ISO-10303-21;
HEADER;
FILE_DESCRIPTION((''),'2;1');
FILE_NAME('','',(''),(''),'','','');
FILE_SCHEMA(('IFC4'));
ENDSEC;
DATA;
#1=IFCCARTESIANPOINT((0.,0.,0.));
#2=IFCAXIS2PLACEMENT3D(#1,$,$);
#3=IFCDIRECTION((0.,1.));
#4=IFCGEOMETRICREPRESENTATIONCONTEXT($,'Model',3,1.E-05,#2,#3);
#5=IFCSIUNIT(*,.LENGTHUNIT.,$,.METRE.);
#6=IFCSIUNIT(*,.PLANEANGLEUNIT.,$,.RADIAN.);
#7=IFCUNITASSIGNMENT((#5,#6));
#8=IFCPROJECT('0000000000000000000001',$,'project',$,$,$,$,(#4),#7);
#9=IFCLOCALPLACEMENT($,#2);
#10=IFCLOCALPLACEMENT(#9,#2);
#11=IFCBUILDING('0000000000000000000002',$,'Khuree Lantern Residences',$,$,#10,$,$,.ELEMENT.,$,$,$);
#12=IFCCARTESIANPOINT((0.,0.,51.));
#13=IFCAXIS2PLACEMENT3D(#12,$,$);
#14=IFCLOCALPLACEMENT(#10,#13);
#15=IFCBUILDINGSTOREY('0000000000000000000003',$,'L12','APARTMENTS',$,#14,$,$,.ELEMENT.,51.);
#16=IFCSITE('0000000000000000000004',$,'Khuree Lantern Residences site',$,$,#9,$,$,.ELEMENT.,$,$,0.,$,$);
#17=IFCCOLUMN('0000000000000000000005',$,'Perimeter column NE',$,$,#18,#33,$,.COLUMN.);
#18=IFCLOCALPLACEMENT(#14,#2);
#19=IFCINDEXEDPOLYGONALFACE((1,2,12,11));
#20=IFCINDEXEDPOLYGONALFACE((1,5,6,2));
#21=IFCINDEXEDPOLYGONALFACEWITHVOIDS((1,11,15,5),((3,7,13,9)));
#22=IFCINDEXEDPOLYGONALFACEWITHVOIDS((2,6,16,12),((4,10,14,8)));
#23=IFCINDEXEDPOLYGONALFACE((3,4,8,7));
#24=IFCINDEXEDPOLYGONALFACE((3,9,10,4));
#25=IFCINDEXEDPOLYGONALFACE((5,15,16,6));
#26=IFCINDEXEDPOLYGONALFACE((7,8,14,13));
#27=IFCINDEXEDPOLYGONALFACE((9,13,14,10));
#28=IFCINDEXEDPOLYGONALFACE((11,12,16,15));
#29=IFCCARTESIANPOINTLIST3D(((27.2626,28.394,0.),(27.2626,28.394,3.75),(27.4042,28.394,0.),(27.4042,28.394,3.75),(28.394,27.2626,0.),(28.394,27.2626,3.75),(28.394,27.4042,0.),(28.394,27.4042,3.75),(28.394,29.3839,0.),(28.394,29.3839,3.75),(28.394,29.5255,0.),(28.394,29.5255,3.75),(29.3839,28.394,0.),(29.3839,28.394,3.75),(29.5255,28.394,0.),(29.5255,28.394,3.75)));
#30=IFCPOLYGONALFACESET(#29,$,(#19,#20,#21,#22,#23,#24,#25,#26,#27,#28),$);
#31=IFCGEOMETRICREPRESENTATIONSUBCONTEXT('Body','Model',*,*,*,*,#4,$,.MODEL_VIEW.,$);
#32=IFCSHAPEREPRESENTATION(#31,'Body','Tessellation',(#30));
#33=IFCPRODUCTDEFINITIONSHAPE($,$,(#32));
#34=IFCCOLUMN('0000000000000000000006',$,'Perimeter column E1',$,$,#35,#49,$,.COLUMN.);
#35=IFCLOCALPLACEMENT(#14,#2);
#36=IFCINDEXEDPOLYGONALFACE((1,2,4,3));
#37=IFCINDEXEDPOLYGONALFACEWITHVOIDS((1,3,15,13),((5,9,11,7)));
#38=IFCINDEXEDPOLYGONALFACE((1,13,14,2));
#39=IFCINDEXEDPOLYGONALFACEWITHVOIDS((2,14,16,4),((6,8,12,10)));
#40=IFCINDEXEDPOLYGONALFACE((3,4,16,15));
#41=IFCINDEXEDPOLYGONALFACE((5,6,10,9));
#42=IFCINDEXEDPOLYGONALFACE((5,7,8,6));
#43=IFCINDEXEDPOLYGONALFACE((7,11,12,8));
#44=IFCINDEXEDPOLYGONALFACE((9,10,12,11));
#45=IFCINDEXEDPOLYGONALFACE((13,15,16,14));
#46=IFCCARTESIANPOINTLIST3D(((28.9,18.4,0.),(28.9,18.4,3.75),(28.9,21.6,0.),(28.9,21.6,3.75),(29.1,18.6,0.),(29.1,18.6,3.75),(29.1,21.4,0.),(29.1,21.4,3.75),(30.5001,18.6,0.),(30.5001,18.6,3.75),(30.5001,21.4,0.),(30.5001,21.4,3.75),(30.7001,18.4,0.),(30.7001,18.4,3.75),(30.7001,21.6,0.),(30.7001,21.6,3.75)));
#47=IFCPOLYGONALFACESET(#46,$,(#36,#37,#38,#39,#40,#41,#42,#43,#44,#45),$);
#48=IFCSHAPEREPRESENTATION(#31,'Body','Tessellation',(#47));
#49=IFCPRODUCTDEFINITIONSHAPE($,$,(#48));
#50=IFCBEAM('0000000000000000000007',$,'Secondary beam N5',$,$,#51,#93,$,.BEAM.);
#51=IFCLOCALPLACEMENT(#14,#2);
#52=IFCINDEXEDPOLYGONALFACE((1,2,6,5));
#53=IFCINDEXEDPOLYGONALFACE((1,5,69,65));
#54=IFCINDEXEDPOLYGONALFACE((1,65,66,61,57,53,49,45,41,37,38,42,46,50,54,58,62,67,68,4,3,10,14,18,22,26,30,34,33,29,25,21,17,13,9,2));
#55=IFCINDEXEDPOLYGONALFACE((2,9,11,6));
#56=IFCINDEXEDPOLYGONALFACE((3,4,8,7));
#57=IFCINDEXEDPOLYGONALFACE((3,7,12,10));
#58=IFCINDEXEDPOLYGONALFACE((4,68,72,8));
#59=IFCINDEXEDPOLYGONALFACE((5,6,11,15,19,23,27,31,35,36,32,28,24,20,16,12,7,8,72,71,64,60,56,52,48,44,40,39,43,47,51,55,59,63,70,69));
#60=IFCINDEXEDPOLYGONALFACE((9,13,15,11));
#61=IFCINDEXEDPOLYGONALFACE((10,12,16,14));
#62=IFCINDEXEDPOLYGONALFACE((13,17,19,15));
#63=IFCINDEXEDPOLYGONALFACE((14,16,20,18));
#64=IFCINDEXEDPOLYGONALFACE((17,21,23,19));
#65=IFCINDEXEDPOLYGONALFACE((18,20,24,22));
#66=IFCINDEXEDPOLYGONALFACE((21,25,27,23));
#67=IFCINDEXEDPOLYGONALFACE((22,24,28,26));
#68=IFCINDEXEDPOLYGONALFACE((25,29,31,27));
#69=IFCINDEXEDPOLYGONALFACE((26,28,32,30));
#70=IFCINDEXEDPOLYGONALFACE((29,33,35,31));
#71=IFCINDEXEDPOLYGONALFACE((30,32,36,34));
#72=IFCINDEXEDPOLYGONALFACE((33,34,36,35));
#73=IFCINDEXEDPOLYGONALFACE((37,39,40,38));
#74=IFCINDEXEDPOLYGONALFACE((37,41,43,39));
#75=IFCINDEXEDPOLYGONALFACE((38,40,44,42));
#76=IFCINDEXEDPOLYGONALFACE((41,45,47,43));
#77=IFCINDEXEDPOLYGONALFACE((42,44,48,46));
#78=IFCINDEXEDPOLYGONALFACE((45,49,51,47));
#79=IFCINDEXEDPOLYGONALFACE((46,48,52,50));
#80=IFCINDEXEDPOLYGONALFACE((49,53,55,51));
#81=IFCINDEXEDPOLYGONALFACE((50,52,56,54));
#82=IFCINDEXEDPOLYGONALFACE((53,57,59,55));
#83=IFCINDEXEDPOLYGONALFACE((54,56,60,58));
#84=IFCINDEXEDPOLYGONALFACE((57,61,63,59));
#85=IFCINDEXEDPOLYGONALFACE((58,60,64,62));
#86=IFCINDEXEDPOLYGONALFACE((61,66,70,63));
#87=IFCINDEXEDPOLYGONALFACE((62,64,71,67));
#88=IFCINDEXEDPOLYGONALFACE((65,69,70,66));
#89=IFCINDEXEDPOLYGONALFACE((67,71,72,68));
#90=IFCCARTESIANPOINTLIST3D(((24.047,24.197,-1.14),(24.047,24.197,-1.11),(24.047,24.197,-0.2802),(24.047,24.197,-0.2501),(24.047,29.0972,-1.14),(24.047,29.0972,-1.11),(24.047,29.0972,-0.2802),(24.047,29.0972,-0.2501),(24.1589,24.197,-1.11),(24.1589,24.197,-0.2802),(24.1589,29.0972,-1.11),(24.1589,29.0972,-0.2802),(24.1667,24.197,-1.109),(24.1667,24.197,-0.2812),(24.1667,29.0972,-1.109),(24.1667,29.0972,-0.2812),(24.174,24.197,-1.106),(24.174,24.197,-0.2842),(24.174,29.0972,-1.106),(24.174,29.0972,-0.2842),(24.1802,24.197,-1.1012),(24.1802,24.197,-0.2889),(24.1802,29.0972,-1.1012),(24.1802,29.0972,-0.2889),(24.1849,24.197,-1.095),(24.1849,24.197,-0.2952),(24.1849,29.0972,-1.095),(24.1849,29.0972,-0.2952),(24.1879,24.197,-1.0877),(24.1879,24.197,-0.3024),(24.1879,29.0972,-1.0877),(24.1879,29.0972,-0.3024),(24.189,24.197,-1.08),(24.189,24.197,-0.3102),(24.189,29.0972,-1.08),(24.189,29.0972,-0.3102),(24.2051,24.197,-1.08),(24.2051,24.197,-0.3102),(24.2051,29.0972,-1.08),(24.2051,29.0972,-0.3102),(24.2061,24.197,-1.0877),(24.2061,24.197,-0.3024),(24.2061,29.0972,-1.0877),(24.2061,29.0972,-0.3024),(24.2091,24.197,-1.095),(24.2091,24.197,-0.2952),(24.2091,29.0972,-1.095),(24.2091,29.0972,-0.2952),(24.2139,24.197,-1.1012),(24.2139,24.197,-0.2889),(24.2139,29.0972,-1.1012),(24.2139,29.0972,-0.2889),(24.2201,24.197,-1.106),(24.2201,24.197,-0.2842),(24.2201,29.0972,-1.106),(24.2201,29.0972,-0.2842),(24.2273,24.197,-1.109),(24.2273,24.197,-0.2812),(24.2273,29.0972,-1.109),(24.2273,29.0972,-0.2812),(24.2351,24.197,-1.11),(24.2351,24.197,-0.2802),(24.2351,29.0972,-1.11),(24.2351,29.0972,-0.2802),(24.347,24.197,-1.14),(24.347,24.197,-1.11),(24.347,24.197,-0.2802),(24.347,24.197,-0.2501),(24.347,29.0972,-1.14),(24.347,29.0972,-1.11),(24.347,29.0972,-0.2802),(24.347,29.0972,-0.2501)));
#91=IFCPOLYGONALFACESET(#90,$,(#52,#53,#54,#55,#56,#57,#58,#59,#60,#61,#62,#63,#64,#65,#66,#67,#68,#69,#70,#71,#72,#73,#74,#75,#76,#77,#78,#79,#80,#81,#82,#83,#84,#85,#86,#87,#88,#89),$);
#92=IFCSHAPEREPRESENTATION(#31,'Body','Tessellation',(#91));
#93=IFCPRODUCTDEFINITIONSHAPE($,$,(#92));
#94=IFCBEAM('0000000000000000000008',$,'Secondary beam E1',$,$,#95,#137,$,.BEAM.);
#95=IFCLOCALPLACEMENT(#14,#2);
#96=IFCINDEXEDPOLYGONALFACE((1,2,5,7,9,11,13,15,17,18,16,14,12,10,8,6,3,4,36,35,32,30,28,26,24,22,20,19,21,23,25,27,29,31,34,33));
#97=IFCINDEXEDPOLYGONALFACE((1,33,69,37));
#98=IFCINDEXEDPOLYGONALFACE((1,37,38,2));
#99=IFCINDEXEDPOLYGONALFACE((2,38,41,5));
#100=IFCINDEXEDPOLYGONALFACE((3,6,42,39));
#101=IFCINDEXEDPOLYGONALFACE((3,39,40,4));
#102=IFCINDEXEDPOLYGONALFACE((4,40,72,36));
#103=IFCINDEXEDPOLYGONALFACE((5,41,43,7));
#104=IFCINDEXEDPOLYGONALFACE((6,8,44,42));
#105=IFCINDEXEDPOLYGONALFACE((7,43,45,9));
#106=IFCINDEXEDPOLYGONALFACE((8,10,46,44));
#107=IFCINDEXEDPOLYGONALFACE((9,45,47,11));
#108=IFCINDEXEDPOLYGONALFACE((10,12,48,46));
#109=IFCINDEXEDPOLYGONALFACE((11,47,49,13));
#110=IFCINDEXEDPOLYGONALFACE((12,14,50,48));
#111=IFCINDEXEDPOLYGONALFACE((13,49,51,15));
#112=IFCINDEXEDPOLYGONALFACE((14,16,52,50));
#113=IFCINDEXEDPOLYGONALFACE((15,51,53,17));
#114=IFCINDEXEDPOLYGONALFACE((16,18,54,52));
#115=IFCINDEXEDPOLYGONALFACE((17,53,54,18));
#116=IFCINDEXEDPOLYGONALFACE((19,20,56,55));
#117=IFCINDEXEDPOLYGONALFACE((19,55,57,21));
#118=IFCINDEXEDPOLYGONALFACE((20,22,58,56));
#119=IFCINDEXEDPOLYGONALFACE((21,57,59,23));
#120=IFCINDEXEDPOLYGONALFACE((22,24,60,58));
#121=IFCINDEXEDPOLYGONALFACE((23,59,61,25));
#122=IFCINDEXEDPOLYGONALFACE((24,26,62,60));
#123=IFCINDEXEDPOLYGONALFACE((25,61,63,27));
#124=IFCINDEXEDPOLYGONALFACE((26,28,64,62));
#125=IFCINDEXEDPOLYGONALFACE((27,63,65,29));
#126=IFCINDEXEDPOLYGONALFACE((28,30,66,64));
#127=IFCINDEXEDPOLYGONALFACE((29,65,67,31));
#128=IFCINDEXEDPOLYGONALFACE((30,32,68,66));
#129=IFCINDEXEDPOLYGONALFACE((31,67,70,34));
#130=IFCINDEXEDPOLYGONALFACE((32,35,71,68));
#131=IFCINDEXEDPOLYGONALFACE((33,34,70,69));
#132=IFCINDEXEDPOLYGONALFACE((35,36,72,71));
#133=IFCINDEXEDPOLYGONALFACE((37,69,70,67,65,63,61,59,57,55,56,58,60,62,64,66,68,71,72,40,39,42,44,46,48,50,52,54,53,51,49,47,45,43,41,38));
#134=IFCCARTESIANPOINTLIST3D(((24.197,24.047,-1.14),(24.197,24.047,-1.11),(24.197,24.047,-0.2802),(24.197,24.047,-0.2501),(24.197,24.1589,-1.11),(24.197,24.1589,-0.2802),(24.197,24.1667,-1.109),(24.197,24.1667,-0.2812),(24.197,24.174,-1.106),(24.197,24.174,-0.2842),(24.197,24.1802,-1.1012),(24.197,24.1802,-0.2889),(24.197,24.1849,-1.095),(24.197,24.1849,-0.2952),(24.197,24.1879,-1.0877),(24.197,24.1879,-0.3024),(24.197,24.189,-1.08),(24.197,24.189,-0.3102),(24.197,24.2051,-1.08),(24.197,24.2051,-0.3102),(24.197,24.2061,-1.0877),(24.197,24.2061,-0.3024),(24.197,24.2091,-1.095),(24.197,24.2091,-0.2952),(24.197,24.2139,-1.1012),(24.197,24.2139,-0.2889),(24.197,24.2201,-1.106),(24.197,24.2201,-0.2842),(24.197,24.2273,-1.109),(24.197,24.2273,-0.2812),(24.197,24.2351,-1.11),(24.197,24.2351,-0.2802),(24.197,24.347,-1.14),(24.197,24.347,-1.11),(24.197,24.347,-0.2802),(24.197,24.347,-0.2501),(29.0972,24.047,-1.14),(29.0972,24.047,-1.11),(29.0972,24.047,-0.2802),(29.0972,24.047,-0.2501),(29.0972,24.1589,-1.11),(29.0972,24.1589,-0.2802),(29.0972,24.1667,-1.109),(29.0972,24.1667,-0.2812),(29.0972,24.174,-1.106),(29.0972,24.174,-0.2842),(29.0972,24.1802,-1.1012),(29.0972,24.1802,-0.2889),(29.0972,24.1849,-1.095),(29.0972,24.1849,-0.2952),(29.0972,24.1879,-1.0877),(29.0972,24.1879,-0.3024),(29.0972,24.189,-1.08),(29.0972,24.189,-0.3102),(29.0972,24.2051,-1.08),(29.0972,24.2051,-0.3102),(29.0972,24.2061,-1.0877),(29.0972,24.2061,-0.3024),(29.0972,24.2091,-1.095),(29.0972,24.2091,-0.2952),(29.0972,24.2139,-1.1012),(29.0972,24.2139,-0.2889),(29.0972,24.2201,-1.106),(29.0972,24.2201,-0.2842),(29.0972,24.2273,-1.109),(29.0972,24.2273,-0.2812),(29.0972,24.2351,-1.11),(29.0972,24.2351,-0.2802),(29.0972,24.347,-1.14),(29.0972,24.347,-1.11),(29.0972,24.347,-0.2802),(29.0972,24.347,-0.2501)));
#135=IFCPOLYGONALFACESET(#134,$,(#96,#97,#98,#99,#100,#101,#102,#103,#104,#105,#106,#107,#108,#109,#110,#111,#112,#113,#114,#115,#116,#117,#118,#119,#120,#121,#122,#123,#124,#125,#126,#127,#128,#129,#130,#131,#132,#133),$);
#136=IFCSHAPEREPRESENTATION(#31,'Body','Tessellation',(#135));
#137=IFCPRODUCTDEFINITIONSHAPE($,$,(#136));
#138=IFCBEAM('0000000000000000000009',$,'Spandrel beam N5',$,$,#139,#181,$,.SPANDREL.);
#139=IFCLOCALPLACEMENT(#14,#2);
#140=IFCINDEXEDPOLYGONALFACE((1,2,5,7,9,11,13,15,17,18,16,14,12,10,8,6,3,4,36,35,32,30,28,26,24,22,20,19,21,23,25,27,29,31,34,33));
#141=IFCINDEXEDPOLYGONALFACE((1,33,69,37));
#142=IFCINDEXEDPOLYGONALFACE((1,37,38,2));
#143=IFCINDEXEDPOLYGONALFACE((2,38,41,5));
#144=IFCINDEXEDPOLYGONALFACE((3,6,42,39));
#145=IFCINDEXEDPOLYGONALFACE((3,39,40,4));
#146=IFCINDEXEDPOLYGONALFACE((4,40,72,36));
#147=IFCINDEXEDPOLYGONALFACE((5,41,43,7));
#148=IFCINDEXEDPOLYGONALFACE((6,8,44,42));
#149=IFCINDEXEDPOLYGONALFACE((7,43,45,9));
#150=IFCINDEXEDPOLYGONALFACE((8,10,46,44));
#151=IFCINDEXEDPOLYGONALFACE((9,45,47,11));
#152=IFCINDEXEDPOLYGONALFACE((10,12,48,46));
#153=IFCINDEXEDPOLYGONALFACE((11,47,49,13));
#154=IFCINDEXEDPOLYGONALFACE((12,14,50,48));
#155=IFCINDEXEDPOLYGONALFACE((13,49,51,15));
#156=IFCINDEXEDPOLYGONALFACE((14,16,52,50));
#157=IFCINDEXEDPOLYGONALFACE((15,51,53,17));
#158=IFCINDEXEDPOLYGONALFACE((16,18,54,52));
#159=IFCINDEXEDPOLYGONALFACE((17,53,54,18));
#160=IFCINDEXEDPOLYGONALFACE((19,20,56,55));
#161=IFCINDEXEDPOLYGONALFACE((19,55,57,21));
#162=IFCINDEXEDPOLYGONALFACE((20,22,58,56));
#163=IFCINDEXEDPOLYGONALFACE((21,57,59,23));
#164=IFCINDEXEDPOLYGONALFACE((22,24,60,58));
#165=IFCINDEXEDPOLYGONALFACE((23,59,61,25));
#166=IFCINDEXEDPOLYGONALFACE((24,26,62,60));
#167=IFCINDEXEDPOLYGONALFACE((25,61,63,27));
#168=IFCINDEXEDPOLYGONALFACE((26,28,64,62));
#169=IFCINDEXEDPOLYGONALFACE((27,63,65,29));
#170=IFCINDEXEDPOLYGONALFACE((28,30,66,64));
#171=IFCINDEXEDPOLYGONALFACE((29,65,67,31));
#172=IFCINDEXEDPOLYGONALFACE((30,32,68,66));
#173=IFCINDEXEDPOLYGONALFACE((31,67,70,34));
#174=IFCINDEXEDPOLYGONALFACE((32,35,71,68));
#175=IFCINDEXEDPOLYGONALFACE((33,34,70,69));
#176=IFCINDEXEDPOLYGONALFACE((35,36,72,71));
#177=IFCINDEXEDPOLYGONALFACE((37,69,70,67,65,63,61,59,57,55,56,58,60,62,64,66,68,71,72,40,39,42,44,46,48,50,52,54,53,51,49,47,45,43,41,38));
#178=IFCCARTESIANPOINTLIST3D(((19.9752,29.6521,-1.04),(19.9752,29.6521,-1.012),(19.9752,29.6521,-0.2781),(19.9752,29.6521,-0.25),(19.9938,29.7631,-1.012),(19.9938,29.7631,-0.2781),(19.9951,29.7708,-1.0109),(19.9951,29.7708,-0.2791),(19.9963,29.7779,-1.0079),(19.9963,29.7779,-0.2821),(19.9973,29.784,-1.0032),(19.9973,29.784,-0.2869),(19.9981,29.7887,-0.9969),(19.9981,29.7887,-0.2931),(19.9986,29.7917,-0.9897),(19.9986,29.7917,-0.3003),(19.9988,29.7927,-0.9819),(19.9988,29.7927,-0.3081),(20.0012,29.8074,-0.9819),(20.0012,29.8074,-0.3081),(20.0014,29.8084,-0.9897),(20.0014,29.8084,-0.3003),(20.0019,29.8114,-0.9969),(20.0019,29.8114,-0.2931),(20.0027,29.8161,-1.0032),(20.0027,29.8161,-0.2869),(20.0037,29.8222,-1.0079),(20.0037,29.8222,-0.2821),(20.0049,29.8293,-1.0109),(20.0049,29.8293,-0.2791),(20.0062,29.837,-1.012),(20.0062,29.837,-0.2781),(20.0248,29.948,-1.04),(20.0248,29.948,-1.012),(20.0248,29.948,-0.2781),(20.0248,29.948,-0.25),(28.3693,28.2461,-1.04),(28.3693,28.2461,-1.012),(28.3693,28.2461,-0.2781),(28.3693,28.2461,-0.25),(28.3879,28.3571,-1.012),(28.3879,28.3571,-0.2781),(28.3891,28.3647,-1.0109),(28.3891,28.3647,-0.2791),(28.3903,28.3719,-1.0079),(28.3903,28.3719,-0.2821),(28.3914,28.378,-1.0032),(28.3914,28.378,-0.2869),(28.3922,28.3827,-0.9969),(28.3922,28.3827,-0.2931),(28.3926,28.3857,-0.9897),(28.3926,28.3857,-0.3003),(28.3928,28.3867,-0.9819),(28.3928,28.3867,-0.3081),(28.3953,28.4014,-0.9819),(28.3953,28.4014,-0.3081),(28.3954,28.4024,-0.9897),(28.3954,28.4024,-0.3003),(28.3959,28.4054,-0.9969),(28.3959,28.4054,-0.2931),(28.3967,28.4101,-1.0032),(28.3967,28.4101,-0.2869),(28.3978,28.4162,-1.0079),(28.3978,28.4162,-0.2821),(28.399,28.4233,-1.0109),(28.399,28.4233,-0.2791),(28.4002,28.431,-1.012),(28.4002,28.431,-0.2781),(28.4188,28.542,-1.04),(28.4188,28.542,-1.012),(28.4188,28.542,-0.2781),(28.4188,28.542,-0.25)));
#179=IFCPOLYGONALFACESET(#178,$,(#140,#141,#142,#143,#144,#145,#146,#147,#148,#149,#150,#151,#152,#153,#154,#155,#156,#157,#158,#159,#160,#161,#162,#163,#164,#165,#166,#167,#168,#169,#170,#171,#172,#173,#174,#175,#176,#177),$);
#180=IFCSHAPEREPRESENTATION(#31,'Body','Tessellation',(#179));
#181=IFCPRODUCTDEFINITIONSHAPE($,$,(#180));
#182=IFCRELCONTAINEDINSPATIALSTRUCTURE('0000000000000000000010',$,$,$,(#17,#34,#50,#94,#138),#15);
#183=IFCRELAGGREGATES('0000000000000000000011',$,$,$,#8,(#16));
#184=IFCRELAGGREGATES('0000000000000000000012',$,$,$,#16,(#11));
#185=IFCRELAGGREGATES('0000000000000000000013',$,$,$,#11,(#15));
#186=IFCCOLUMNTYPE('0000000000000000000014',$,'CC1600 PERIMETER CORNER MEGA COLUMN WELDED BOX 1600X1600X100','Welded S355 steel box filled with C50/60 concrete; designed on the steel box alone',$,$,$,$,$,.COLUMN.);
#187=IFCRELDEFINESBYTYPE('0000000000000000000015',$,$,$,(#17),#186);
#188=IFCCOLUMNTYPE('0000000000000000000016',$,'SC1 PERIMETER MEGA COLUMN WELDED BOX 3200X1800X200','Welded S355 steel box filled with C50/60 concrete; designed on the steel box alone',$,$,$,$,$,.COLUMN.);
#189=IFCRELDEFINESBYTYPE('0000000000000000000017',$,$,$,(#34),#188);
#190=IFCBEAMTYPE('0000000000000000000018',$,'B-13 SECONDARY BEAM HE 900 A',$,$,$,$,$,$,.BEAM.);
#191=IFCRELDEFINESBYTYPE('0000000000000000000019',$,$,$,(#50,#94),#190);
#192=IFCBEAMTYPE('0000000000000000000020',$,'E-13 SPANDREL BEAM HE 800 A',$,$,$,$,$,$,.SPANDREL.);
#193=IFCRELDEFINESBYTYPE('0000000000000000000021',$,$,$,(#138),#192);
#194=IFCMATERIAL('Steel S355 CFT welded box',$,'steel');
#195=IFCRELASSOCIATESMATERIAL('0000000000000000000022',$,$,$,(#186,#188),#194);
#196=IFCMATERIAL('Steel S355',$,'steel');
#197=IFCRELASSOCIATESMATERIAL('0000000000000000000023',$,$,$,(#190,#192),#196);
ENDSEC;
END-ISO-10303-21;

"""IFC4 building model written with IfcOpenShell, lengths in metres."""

from ifc_helpers import new_model, si_unit, direction, frame, origin, origin_2d, place, context, subcontext, project, spatial, hollow_rectangle, i_section, extrude, material, material_profile, profile_set, type_object, element, save


model = new_model("IFC4")

# Units and contexts
model_context = context("Model", 3, precision=1e-05, world=origin(), true_north=direction((0.0, 1.0)))
body_context = subcontext(model_context, "Body", "Model", "MODEL_VIEW")
ifc_project = project(units=[si_unit("LENGTHUNIT", "METRE"), si_unit("PLANEANGLEUNIT", "RADIAN")], contexts=[model_context])

# Site, building, storey
site_placement = place(None, origin())
site = spatial("IfcSite", under=ifc_project, at=site_placement, Name="Khuree Lantern Residences site", CompositionType="ELEMENT", RefElevation=0.0)
building_placement = place(site_placement, origin())
building = spatial("IfcBuilding", under=site, at=building_placement, Name="Khuree Lantern Residences", CompositionType="ELEMENT")
storey_placement = place(building_placement, frame((0.0, 0.0, 51.0)))
storey = spatial("IfcBuildingStorey", under=building, at=storey_placement, Name="L12", Description="APARTMENTS", CompositionType="ELEMENT", Elevation=51.0)

# Columns
ifc_material_1 = material(Name="Steel S355 CFT welded box", Category="steel")
ifc_material_profile_1 = material_profile(ifc_material_1, hollow_rectangle(XDim=1.6001, YDim=1.6001, WallThickness=0.1001, at=origin_2d()), Name="WELDED BOX 1600X1600X100")
ifc_profile_set_1 = profile_set([ifc_material_profile_1], Name="Steel S355 CFT welded box")
column_type_1 = type_object("IfcColumnType", Name="CC1600 PERIMETER CORNER MEGA COLUMN WELDED BOX 1600X1600X100", Description="Welded S355 steel box filled with C50/60 concrete; designed on the steel box alone", PredefinedType="COLUMN", material=ifc_profile_set_1)
column_1_placement = place(storey_placement, frame((28.394, 28.394, 0.0), z_axis=(0.0, 0.0, 1.0), x_axis=(0.707107, -0.707107, 0.0)))
element("IfcColumn", 1, at=column_1_placement, inside=storey, type_object=column_type_1, Name="Perimeter column NE", PredefinedType="COLUMN", context=body_context, shape_type="SweptSolid", body=[
    extrude(hollow_rectangle(XDim=1.6001, YDim=1.6001, WallThickness=0.1001, at=origin_2d()), origin(), (0.0, 0.0, 1.0), 3.75),
])
ifc_material_profile_2 = material_profile(ifc_material_1, hollow_rectangle(XDim=3.2, YDim=1.8, WallThickness=0.2, at=origin_2d()), Name="WELDED BOX 3200X1800X200")
ifc_profile_set_2 = profile_set([ifc_material_profile_2], Name="Steel S355 CFT welded box")
column_type_2 = type_object("IfcColumnType", Name="SC1 PERIMETER MEGA COLUMN WELDED BOX 3200X1800X200", Description="Welded S355 steel box filled with C50/60 concrete; designed on the steel box alone", PredefinedType="COLUMN", material=ifc_profile_set_2)
column_2_placement = place(storey_placement, frame((29.8, 20.0, 0.0), z_axis=(0.0, 0.0, 1.0), x_axis=(0.0, 1.0, 0.0)))
element("IfcColumn", 2, at=column_2_placement, inside=storey, type_object=column_type_2, Name="Perimeter column E1", PredefinedType="COLUMN", context=body_context, shape_type="SweptSolid", body=[
    extrude(hollow_rectangle(XDim=3.2, YDim=1.8, WallThickness=0.2, at=origin_2d()), origin(), (0.0, 0.0, 1.0), 3.75),
])

# Beams
ifc_material_2 = material(Name="Steel S355", Category="steel")
ifc_material_profile_3 = material_profile(ifc_material_2, i_section(OverallWidth=0.3, OverallDepth=0.8899, WebThickness=0.0161, FlangeThickness=0.03, FilletRadius=0.03, at=origin_2d()), Name="HE 900 A")
ifc_profile_set_3 = profile_set([ifc_material_profile_3], Name="Steel S355")
beam_type_1 = type_object("IfcBeamType", Name="B-13 SECONDARY BEAM HE 900 A", PredefinedType="BEAM", material=ifc_profile_set_3)
for number, where, z_axis, x_axis, name in (
    (3, (24.197, 29.0972, -0.6951), (0.0, -1.0, 0.0), (1.0, 0.0, 0.0), "Secondary beam N5"),
    (4, (29.0972, 24.197, -0.6951), (-1.0, 0.0, 0.0), (0.0, -1.0, 0.0), "Secondary beam E1"),
):
    element("IfcBeam", number, at=place(storey_placement, frame(where, z_axis=z_axis, x_axis=x_axis)), inside=storey, type_object=beam_type_1, Name=name, PredefinedType="BEAM", context=body_context, shape_type="SweptSolid", body=[
        extrude(i_section(OverallWidth=0.3, OverallDepth=0.8899, WebThickness=0.0161, FlangeThickness=0.03, FilletRadius=0.03, at=origin_2d()), origin(), (0.0, 0.0, 1.0), 4.9001),
    ])
ifc_material_profile_4 = material_profile(ifc_material_2, i_section(OverallWidth=0.3, OverallDepth=0.79, WebThickness=0.0149, FlangeThickness=0.0281, FilletRadius=0.03, at=origin_2d()), Name="HE 800 A")
ifc_profile_set_4 = profile_set([ifc_material_profile_4], Name="Steel S355")
beam_type_2 = type_object("IfcBeamType", Name="E-13 SPANDREL BEAM HE 800 A", PredefinedType="SPANDREL", material=ifc_profile_set_4)
for number, where, z_axis, x_axis, name in (
    (5, (20.0, 29.8, -0.645), (0.98626, -0.165199, 0.0), (0.165199, 0.98626, 0.0), "Spandrel beam N5"),
):
    element("IfcBeam", number, at=place(storey_placement, frame(where, z_axis=z_axis, x_axis=x_axis)), inside=storey, type_object=beam_type_2, Name=name, PredefinedType="SPANDREL", context=body_context, shape_type="SweptSolid", body=[
        extrude(i_section(OverallWidth=0.3, OverallDepth=0.79, WebThickness=0.0149, FlangeThickness=0.0281, FilletRadius=0.03, at=origin_2d()), origin(), (0.0, 0.0, 1.0), 8.511),
    ])

save(model, "model.ifc")
